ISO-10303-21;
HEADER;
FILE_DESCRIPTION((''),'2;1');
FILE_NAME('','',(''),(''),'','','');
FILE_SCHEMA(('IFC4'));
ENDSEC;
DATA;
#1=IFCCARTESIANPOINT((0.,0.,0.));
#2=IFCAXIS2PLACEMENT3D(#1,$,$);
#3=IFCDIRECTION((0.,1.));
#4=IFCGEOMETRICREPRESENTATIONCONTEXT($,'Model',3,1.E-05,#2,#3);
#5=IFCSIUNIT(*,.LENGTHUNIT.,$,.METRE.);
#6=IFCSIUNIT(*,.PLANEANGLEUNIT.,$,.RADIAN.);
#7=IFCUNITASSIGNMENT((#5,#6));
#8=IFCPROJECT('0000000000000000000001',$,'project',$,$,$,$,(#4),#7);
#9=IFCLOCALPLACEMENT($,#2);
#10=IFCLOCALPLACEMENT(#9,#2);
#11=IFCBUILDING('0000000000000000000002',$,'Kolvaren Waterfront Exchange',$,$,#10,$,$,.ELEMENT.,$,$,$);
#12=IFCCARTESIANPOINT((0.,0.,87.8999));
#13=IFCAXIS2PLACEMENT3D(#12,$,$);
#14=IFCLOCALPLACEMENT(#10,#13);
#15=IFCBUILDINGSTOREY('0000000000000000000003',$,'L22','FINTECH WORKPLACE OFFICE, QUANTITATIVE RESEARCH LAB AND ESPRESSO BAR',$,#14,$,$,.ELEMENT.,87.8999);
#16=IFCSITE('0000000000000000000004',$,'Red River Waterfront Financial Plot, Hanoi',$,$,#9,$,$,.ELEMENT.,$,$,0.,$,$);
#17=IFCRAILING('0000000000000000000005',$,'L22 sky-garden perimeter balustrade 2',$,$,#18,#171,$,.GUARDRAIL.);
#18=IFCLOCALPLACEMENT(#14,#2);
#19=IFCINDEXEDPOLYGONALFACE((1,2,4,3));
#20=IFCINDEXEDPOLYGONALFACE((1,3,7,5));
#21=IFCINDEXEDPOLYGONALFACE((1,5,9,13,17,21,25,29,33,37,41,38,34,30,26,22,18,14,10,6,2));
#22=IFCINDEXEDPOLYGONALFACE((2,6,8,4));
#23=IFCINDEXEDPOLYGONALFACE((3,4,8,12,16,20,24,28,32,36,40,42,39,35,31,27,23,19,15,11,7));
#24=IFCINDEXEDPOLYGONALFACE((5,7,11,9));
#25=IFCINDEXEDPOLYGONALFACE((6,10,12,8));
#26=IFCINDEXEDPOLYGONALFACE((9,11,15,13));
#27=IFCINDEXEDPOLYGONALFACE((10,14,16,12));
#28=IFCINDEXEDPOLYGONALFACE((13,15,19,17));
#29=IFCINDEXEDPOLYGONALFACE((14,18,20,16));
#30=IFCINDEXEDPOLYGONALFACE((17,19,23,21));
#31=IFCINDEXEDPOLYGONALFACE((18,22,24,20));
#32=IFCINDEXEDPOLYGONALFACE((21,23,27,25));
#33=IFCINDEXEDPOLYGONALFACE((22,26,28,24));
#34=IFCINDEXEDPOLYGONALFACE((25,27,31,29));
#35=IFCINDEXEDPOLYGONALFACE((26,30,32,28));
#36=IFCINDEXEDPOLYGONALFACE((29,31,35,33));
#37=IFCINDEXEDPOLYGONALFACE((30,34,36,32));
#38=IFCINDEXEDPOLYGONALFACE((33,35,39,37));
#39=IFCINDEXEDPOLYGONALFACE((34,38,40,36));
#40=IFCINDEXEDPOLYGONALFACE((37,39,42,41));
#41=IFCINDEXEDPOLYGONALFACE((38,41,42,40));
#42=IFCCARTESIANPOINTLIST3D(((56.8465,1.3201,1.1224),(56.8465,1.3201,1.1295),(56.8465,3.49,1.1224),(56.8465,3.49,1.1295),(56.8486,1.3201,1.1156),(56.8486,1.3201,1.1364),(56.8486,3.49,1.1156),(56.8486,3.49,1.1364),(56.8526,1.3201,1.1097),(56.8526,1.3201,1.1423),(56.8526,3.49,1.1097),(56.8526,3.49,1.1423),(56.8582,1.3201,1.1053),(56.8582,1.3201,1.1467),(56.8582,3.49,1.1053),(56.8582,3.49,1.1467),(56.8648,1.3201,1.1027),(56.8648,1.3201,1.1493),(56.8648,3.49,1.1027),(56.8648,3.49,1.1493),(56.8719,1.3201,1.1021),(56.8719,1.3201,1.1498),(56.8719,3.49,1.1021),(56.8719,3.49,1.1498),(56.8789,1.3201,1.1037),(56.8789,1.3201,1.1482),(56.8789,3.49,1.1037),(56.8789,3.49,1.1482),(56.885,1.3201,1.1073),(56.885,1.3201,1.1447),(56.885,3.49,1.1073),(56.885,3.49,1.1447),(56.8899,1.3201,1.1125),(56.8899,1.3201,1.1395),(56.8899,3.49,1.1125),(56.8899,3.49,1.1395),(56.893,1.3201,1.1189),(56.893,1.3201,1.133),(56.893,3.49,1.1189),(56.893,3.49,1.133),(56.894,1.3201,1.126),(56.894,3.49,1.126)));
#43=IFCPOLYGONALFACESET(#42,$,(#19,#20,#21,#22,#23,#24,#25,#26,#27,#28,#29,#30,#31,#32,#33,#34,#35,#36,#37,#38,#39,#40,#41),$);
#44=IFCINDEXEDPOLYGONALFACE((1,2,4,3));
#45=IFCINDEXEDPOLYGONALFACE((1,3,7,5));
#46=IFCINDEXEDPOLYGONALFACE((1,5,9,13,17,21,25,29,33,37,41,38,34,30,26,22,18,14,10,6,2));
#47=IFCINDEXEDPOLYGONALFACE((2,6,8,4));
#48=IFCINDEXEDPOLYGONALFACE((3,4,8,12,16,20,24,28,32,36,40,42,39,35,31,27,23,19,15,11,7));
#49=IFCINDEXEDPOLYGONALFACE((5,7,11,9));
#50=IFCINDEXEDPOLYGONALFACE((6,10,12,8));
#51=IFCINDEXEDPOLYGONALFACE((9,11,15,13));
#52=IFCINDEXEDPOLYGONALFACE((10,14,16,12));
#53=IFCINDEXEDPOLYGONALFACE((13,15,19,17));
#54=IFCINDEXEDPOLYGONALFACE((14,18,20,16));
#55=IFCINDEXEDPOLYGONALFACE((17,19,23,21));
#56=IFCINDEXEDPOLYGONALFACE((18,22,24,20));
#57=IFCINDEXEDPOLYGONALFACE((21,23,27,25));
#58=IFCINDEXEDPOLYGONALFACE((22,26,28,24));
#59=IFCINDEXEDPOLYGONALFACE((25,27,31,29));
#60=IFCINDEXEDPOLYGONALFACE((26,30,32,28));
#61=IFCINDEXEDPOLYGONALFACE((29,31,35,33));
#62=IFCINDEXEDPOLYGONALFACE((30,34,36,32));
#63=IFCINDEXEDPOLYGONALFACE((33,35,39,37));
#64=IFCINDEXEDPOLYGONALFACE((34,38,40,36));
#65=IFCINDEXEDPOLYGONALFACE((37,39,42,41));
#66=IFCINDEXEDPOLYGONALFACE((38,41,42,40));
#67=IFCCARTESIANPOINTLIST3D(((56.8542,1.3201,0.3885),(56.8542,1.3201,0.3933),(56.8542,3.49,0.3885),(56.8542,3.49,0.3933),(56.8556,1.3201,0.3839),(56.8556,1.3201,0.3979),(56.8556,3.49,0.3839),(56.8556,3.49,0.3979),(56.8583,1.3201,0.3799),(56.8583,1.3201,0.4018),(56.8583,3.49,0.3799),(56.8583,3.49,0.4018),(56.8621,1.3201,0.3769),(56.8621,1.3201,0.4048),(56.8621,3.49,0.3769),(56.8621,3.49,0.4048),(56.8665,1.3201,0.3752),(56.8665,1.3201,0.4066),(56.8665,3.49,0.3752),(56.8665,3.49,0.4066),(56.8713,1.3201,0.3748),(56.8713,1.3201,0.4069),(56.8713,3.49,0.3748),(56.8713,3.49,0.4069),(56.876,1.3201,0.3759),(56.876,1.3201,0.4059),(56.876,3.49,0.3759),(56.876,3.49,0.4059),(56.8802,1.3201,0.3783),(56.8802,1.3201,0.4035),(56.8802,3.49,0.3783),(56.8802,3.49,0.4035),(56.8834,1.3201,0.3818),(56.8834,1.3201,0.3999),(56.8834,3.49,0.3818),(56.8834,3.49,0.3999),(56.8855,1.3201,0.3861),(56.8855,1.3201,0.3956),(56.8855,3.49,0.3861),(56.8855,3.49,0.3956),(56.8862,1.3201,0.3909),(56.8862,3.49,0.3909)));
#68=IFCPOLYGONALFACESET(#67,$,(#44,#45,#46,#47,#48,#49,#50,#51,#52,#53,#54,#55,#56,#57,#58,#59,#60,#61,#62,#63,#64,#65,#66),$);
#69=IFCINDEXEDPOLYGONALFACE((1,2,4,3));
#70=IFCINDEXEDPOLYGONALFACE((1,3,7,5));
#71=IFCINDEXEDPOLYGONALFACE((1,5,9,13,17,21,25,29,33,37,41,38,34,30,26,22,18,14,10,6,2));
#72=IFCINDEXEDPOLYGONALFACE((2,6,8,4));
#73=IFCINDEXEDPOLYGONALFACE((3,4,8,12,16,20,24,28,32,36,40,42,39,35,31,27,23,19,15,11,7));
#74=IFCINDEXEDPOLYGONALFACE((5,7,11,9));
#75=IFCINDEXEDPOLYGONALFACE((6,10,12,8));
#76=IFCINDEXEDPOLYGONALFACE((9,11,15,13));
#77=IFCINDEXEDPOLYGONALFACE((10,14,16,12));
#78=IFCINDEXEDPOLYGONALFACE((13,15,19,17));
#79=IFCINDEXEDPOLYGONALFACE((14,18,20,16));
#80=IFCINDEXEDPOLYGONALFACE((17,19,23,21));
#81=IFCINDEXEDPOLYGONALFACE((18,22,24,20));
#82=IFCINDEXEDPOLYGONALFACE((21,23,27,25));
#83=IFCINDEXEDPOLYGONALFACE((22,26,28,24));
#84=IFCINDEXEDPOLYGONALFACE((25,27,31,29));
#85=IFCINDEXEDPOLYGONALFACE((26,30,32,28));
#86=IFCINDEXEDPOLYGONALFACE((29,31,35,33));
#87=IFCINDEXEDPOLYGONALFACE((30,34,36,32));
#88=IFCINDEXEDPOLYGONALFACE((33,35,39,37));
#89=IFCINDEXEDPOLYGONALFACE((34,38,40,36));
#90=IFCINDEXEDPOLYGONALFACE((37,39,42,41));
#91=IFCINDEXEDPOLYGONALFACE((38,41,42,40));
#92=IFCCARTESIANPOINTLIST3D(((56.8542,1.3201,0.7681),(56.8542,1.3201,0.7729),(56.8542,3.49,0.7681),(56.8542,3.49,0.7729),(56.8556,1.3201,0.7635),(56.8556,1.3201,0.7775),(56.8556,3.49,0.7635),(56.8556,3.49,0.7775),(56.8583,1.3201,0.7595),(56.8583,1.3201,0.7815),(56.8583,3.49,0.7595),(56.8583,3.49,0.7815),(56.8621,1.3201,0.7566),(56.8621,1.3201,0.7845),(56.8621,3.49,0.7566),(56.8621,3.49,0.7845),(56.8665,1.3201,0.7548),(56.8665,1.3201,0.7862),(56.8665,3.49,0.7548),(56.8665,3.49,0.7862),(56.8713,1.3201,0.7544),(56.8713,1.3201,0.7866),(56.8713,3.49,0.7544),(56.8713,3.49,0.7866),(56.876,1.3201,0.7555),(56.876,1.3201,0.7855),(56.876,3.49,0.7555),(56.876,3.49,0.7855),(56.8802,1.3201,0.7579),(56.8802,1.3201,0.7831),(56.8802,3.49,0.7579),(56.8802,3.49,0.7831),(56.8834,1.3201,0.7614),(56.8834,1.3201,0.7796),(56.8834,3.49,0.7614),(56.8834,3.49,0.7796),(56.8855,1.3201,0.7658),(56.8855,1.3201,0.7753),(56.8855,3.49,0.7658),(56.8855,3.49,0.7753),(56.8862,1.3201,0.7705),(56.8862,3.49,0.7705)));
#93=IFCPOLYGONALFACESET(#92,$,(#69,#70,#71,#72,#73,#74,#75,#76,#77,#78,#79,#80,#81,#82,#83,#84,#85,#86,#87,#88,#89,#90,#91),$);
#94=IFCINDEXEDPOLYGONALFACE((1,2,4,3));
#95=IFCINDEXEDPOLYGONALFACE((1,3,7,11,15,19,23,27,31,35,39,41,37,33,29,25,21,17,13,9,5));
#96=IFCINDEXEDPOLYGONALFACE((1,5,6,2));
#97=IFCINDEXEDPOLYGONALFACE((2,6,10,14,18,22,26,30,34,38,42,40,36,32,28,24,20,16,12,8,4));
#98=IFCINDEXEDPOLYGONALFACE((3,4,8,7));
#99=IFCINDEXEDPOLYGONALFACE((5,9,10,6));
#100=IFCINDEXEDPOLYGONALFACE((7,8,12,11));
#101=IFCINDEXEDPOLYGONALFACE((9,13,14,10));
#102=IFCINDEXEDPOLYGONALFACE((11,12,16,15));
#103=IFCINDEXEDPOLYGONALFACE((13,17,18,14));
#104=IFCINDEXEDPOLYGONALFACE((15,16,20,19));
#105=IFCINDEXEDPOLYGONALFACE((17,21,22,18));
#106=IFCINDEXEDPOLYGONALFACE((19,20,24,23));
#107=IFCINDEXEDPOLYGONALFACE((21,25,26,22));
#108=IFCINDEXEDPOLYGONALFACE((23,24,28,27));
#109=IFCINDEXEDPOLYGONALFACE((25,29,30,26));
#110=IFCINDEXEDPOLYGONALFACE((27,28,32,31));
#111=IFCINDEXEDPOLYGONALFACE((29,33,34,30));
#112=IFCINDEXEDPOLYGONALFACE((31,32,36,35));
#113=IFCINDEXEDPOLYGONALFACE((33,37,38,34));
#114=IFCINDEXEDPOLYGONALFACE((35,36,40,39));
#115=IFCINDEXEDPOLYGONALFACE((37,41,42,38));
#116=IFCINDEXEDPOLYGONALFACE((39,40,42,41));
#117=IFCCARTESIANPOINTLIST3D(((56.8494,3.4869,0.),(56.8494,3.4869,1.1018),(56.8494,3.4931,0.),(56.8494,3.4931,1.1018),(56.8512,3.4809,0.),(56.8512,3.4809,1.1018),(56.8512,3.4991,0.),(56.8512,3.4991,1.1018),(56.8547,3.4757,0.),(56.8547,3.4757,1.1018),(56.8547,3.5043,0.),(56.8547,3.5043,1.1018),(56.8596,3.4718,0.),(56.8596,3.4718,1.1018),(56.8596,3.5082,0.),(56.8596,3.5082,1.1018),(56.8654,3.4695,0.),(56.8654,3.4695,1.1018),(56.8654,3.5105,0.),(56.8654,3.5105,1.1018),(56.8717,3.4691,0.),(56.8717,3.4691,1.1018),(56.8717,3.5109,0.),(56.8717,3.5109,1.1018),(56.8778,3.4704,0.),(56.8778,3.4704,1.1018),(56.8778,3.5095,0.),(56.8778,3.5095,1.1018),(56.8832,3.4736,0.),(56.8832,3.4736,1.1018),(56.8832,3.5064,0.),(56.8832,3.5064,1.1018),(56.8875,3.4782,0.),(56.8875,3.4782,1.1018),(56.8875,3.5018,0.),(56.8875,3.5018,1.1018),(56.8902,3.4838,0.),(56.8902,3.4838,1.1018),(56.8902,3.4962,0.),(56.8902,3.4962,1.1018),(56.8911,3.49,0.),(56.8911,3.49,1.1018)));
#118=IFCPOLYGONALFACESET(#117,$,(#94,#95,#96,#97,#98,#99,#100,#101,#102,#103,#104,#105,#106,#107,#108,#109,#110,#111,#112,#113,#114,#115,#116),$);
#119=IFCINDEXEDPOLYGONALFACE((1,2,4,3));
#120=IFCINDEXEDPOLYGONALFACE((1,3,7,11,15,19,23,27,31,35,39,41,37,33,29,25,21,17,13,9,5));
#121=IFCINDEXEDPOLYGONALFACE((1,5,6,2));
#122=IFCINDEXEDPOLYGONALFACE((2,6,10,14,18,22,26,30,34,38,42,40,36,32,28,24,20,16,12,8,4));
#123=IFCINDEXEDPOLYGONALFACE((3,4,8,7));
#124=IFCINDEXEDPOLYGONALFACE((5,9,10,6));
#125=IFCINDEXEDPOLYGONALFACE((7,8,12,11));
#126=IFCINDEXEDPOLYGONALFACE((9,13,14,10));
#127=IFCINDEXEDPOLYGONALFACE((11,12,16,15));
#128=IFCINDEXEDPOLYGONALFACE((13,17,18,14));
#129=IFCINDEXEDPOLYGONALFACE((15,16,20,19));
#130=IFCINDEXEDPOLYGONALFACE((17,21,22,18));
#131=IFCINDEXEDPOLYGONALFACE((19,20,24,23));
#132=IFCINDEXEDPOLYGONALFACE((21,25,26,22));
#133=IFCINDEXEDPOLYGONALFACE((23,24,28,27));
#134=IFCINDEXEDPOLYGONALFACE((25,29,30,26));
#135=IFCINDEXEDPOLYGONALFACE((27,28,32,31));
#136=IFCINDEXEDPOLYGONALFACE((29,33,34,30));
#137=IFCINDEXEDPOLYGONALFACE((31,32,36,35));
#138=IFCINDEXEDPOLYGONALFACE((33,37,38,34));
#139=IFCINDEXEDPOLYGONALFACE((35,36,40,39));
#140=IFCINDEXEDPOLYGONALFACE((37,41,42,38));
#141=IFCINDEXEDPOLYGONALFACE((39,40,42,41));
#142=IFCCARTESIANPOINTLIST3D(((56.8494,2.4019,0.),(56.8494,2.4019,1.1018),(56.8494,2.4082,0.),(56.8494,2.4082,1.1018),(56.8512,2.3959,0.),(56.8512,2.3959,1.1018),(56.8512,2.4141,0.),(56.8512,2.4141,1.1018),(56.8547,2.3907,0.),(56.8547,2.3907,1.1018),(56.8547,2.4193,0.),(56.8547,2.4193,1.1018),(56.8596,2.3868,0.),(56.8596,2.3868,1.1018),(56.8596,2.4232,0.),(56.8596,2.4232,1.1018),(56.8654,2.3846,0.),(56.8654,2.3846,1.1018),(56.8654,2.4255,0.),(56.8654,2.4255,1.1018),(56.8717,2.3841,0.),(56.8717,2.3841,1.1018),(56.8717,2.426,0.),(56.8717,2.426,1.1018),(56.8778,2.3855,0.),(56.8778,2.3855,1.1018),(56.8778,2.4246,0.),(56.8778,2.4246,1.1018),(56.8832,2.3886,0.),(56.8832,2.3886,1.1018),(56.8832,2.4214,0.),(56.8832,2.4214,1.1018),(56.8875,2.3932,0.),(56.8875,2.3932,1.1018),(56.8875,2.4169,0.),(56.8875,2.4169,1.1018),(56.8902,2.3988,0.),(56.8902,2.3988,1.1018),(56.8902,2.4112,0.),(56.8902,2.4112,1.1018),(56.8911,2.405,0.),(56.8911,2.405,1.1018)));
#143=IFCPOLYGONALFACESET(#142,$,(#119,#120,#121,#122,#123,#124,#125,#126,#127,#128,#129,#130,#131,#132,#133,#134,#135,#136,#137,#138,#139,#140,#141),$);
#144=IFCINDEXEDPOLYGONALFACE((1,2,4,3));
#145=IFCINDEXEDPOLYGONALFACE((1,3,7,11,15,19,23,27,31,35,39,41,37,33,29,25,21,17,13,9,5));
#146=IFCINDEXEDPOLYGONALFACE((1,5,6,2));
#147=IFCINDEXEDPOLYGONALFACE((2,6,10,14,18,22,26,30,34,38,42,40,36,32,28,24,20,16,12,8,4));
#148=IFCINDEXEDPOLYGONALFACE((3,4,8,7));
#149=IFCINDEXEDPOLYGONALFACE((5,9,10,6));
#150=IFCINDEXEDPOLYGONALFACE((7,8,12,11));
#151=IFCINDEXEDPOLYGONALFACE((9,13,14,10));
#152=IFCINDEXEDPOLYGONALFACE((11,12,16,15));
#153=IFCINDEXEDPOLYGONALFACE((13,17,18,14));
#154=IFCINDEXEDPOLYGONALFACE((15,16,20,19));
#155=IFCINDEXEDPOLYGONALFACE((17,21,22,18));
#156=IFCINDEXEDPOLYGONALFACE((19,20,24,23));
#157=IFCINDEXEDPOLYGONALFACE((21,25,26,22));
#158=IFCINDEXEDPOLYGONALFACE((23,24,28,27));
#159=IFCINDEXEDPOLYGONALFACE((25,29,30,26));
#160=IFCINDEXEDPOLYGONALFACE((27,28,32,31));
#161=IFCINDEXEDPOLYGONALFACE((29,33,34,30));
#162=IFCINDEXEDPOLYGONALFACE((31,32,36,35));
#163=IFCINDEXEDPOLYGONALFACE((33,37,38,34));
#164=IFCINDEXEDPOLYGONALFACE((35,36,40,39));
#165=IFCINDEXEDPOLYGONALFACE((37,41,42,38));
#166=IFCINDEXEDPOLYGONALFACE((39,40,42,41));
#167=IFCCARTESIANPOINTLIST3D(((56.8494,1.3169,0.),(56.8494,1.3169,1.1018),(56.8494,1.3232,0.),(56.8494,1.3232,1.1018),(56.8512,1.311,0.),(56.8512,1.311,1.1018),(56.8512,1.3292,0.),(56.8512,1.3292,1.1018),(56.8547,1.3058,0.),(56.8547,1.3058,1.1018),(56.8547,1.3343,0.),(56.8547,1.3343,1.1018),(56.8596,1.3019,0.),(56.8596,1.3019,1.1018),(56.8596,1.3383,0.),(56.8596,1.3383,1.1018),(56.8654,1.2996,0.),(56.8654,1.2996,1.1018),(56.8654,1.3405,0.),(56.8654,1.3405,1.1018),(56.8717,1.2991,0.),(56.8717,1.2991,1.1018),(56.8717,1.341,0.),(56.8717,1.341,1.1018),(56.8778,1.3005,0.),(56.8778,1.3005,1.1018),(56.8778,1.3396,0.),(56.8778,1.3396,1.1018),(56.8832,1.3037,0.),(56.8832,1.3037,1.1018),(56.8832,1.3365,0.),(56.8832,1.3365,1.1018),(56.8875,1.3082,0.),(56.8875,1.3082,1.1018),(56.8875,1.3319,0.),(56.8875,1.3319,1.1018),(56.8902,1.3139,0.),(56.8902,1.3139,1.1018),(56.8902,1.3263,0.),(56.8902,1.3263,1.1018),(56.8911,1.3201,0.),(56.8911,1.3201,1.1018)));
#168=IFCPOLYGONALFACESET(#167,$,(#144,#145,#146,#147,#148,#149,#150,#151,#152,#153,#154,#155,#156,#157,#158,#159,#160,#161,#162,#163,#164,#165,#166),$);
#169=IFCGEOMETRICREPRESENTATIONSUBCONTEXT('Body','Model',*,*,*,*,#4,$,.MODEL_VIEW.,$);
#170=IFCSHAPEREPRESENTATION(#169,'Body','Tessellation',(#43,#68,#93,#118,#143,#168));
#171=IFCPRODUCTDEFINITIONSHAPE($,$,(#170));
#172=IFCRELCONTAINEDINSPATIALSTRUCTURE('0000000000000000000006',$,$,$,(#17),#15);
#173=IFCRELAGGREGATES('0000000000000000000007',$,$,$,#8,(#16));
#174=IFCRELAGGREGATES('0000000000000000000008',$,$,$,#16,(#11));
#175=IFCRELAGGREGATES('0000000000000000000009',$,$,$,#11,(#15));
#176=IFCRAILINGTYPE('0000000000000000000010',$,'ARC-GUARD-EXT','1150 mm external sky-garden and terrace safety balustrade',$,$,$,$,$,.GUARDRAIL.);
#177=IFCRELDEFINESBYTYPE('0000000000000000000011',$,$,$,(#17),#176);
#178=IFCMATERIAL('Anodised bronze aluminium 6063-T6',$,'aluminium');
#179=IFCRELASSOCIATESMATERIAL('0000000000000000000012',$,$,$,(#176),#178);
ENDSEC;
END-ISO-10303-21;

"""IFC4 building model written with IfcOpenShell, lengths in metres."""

from ifc_helpers import new_model, si_unit, direction, frame, origin, origin_2d, place, context, subcontext, project, spatial, circle, extrude, material, type_object, element, save


model = new_model("IFC4")

# Units and contexts
model_context = context("Model", 3, precision=1e-05, world=origin(), true_north=direction((0.0, 1.0)))
body_context = subcontext(model_context, "Body", "Model", "MODEL_VIEW")
ifc_project = project(units=[si_unit("LENGTHUNIT", "METRE"), si_unit("PLANEANGLEUNIT", "RADIAN")], contexts=[model_context])

# Site, building, storey
site_placement = place(None, origin())
site = spatial("IfcSite", under=ifc_project, at=site_placement, Name="Red River Waterfront Financial Plot, Hanoi", CompositionType="ELEMENT", RefElevation=0.0)
building_placement = place(site_placement, origin())
building = spatial("IfcBuilding", under=site, at=building_placement, Name="Kolvaren Waterfront Exchange", CompositionType="ELEMENT")
storey_placement = place(building_placement, frame((0.0, 0.0, 87.8999)))
storey = spatial("IfcBuildingStorey", under=building, at=storey_placement, Name="L22", Description="FINTECH WORKPLACE OFFICE, QUANTITATIVE RESEARCH LAB AND ESPRESSO BAR", CompositionType="ELEMENT", Elevation=87.8999)

# Shared definitions
ifc_material_1 = material(Name="Anodised bronze aluminium 6063-T6", Category="aluminium")

# Railing
railing_type = type_object("IfcRailingType", Name="ARC-GUARD-EXT", Description="1150 mm external sky-garden and terrace safety balustrade", PredefinedType="GUARDRAIL", material=ifc_material_1)
railing_1_placement = place(storey_placement, frame((56.8701, 3.49, 0.0)))
element("IfcRailing", 1, at=railing_1_placement, inside=storey, type_object=railing_type, Name="L22 sky-garden perimeter balustrade 2", PredefinedType="GUARDRAIL", context=body_context, shape_type="SweptSolid", body=[
    extrude(circle(Radius=0.0239, at=origin_2d()), frame((0.0, 0.0, 1.126), z_axis=(0.0, -1.0, 0.0), x_axis=(1.0, 0.0, 0.0)), (0.0, 0.0, 1.0), 2.1699),
    extrude(circle(Radius=0.0161, at=origin_2d()), frame((0.0, 0.0, 0.3909), z_axis=(0.0, -1.0, 0.0), x_axis=(1.0, 0.0, 0.0)), (0.0, 0.0, 1.0), 2.1699),
    extrude(circle(Radius=0.0161, at=origin_2d()), frame((0.0, 0.0, 0.7705), z_axis=(0.0, -1.0, 0.0), x_axis=(1.0, 0.0, 0.0)), (0.0, 0.0, 1.0), 2.1699),
    extrude(circle(Radius=0.021, at=origin_2d()), origin(), (0.0, 0.0, 1.0), 1.1018),
    extrude(circle(Radius=0.021, at=origin_2d()), frame((0.0, -1.085, 0.0)), (0.0, 0.0, 1.0), 1.1018),
    extrude(circle(Radius=0.021, at=origin_2d()), frame((0.0, -2.1699, 0.0)), (0.0, 0.0, 1.0), 1.1018),
])

save(model, "model.ifc")
